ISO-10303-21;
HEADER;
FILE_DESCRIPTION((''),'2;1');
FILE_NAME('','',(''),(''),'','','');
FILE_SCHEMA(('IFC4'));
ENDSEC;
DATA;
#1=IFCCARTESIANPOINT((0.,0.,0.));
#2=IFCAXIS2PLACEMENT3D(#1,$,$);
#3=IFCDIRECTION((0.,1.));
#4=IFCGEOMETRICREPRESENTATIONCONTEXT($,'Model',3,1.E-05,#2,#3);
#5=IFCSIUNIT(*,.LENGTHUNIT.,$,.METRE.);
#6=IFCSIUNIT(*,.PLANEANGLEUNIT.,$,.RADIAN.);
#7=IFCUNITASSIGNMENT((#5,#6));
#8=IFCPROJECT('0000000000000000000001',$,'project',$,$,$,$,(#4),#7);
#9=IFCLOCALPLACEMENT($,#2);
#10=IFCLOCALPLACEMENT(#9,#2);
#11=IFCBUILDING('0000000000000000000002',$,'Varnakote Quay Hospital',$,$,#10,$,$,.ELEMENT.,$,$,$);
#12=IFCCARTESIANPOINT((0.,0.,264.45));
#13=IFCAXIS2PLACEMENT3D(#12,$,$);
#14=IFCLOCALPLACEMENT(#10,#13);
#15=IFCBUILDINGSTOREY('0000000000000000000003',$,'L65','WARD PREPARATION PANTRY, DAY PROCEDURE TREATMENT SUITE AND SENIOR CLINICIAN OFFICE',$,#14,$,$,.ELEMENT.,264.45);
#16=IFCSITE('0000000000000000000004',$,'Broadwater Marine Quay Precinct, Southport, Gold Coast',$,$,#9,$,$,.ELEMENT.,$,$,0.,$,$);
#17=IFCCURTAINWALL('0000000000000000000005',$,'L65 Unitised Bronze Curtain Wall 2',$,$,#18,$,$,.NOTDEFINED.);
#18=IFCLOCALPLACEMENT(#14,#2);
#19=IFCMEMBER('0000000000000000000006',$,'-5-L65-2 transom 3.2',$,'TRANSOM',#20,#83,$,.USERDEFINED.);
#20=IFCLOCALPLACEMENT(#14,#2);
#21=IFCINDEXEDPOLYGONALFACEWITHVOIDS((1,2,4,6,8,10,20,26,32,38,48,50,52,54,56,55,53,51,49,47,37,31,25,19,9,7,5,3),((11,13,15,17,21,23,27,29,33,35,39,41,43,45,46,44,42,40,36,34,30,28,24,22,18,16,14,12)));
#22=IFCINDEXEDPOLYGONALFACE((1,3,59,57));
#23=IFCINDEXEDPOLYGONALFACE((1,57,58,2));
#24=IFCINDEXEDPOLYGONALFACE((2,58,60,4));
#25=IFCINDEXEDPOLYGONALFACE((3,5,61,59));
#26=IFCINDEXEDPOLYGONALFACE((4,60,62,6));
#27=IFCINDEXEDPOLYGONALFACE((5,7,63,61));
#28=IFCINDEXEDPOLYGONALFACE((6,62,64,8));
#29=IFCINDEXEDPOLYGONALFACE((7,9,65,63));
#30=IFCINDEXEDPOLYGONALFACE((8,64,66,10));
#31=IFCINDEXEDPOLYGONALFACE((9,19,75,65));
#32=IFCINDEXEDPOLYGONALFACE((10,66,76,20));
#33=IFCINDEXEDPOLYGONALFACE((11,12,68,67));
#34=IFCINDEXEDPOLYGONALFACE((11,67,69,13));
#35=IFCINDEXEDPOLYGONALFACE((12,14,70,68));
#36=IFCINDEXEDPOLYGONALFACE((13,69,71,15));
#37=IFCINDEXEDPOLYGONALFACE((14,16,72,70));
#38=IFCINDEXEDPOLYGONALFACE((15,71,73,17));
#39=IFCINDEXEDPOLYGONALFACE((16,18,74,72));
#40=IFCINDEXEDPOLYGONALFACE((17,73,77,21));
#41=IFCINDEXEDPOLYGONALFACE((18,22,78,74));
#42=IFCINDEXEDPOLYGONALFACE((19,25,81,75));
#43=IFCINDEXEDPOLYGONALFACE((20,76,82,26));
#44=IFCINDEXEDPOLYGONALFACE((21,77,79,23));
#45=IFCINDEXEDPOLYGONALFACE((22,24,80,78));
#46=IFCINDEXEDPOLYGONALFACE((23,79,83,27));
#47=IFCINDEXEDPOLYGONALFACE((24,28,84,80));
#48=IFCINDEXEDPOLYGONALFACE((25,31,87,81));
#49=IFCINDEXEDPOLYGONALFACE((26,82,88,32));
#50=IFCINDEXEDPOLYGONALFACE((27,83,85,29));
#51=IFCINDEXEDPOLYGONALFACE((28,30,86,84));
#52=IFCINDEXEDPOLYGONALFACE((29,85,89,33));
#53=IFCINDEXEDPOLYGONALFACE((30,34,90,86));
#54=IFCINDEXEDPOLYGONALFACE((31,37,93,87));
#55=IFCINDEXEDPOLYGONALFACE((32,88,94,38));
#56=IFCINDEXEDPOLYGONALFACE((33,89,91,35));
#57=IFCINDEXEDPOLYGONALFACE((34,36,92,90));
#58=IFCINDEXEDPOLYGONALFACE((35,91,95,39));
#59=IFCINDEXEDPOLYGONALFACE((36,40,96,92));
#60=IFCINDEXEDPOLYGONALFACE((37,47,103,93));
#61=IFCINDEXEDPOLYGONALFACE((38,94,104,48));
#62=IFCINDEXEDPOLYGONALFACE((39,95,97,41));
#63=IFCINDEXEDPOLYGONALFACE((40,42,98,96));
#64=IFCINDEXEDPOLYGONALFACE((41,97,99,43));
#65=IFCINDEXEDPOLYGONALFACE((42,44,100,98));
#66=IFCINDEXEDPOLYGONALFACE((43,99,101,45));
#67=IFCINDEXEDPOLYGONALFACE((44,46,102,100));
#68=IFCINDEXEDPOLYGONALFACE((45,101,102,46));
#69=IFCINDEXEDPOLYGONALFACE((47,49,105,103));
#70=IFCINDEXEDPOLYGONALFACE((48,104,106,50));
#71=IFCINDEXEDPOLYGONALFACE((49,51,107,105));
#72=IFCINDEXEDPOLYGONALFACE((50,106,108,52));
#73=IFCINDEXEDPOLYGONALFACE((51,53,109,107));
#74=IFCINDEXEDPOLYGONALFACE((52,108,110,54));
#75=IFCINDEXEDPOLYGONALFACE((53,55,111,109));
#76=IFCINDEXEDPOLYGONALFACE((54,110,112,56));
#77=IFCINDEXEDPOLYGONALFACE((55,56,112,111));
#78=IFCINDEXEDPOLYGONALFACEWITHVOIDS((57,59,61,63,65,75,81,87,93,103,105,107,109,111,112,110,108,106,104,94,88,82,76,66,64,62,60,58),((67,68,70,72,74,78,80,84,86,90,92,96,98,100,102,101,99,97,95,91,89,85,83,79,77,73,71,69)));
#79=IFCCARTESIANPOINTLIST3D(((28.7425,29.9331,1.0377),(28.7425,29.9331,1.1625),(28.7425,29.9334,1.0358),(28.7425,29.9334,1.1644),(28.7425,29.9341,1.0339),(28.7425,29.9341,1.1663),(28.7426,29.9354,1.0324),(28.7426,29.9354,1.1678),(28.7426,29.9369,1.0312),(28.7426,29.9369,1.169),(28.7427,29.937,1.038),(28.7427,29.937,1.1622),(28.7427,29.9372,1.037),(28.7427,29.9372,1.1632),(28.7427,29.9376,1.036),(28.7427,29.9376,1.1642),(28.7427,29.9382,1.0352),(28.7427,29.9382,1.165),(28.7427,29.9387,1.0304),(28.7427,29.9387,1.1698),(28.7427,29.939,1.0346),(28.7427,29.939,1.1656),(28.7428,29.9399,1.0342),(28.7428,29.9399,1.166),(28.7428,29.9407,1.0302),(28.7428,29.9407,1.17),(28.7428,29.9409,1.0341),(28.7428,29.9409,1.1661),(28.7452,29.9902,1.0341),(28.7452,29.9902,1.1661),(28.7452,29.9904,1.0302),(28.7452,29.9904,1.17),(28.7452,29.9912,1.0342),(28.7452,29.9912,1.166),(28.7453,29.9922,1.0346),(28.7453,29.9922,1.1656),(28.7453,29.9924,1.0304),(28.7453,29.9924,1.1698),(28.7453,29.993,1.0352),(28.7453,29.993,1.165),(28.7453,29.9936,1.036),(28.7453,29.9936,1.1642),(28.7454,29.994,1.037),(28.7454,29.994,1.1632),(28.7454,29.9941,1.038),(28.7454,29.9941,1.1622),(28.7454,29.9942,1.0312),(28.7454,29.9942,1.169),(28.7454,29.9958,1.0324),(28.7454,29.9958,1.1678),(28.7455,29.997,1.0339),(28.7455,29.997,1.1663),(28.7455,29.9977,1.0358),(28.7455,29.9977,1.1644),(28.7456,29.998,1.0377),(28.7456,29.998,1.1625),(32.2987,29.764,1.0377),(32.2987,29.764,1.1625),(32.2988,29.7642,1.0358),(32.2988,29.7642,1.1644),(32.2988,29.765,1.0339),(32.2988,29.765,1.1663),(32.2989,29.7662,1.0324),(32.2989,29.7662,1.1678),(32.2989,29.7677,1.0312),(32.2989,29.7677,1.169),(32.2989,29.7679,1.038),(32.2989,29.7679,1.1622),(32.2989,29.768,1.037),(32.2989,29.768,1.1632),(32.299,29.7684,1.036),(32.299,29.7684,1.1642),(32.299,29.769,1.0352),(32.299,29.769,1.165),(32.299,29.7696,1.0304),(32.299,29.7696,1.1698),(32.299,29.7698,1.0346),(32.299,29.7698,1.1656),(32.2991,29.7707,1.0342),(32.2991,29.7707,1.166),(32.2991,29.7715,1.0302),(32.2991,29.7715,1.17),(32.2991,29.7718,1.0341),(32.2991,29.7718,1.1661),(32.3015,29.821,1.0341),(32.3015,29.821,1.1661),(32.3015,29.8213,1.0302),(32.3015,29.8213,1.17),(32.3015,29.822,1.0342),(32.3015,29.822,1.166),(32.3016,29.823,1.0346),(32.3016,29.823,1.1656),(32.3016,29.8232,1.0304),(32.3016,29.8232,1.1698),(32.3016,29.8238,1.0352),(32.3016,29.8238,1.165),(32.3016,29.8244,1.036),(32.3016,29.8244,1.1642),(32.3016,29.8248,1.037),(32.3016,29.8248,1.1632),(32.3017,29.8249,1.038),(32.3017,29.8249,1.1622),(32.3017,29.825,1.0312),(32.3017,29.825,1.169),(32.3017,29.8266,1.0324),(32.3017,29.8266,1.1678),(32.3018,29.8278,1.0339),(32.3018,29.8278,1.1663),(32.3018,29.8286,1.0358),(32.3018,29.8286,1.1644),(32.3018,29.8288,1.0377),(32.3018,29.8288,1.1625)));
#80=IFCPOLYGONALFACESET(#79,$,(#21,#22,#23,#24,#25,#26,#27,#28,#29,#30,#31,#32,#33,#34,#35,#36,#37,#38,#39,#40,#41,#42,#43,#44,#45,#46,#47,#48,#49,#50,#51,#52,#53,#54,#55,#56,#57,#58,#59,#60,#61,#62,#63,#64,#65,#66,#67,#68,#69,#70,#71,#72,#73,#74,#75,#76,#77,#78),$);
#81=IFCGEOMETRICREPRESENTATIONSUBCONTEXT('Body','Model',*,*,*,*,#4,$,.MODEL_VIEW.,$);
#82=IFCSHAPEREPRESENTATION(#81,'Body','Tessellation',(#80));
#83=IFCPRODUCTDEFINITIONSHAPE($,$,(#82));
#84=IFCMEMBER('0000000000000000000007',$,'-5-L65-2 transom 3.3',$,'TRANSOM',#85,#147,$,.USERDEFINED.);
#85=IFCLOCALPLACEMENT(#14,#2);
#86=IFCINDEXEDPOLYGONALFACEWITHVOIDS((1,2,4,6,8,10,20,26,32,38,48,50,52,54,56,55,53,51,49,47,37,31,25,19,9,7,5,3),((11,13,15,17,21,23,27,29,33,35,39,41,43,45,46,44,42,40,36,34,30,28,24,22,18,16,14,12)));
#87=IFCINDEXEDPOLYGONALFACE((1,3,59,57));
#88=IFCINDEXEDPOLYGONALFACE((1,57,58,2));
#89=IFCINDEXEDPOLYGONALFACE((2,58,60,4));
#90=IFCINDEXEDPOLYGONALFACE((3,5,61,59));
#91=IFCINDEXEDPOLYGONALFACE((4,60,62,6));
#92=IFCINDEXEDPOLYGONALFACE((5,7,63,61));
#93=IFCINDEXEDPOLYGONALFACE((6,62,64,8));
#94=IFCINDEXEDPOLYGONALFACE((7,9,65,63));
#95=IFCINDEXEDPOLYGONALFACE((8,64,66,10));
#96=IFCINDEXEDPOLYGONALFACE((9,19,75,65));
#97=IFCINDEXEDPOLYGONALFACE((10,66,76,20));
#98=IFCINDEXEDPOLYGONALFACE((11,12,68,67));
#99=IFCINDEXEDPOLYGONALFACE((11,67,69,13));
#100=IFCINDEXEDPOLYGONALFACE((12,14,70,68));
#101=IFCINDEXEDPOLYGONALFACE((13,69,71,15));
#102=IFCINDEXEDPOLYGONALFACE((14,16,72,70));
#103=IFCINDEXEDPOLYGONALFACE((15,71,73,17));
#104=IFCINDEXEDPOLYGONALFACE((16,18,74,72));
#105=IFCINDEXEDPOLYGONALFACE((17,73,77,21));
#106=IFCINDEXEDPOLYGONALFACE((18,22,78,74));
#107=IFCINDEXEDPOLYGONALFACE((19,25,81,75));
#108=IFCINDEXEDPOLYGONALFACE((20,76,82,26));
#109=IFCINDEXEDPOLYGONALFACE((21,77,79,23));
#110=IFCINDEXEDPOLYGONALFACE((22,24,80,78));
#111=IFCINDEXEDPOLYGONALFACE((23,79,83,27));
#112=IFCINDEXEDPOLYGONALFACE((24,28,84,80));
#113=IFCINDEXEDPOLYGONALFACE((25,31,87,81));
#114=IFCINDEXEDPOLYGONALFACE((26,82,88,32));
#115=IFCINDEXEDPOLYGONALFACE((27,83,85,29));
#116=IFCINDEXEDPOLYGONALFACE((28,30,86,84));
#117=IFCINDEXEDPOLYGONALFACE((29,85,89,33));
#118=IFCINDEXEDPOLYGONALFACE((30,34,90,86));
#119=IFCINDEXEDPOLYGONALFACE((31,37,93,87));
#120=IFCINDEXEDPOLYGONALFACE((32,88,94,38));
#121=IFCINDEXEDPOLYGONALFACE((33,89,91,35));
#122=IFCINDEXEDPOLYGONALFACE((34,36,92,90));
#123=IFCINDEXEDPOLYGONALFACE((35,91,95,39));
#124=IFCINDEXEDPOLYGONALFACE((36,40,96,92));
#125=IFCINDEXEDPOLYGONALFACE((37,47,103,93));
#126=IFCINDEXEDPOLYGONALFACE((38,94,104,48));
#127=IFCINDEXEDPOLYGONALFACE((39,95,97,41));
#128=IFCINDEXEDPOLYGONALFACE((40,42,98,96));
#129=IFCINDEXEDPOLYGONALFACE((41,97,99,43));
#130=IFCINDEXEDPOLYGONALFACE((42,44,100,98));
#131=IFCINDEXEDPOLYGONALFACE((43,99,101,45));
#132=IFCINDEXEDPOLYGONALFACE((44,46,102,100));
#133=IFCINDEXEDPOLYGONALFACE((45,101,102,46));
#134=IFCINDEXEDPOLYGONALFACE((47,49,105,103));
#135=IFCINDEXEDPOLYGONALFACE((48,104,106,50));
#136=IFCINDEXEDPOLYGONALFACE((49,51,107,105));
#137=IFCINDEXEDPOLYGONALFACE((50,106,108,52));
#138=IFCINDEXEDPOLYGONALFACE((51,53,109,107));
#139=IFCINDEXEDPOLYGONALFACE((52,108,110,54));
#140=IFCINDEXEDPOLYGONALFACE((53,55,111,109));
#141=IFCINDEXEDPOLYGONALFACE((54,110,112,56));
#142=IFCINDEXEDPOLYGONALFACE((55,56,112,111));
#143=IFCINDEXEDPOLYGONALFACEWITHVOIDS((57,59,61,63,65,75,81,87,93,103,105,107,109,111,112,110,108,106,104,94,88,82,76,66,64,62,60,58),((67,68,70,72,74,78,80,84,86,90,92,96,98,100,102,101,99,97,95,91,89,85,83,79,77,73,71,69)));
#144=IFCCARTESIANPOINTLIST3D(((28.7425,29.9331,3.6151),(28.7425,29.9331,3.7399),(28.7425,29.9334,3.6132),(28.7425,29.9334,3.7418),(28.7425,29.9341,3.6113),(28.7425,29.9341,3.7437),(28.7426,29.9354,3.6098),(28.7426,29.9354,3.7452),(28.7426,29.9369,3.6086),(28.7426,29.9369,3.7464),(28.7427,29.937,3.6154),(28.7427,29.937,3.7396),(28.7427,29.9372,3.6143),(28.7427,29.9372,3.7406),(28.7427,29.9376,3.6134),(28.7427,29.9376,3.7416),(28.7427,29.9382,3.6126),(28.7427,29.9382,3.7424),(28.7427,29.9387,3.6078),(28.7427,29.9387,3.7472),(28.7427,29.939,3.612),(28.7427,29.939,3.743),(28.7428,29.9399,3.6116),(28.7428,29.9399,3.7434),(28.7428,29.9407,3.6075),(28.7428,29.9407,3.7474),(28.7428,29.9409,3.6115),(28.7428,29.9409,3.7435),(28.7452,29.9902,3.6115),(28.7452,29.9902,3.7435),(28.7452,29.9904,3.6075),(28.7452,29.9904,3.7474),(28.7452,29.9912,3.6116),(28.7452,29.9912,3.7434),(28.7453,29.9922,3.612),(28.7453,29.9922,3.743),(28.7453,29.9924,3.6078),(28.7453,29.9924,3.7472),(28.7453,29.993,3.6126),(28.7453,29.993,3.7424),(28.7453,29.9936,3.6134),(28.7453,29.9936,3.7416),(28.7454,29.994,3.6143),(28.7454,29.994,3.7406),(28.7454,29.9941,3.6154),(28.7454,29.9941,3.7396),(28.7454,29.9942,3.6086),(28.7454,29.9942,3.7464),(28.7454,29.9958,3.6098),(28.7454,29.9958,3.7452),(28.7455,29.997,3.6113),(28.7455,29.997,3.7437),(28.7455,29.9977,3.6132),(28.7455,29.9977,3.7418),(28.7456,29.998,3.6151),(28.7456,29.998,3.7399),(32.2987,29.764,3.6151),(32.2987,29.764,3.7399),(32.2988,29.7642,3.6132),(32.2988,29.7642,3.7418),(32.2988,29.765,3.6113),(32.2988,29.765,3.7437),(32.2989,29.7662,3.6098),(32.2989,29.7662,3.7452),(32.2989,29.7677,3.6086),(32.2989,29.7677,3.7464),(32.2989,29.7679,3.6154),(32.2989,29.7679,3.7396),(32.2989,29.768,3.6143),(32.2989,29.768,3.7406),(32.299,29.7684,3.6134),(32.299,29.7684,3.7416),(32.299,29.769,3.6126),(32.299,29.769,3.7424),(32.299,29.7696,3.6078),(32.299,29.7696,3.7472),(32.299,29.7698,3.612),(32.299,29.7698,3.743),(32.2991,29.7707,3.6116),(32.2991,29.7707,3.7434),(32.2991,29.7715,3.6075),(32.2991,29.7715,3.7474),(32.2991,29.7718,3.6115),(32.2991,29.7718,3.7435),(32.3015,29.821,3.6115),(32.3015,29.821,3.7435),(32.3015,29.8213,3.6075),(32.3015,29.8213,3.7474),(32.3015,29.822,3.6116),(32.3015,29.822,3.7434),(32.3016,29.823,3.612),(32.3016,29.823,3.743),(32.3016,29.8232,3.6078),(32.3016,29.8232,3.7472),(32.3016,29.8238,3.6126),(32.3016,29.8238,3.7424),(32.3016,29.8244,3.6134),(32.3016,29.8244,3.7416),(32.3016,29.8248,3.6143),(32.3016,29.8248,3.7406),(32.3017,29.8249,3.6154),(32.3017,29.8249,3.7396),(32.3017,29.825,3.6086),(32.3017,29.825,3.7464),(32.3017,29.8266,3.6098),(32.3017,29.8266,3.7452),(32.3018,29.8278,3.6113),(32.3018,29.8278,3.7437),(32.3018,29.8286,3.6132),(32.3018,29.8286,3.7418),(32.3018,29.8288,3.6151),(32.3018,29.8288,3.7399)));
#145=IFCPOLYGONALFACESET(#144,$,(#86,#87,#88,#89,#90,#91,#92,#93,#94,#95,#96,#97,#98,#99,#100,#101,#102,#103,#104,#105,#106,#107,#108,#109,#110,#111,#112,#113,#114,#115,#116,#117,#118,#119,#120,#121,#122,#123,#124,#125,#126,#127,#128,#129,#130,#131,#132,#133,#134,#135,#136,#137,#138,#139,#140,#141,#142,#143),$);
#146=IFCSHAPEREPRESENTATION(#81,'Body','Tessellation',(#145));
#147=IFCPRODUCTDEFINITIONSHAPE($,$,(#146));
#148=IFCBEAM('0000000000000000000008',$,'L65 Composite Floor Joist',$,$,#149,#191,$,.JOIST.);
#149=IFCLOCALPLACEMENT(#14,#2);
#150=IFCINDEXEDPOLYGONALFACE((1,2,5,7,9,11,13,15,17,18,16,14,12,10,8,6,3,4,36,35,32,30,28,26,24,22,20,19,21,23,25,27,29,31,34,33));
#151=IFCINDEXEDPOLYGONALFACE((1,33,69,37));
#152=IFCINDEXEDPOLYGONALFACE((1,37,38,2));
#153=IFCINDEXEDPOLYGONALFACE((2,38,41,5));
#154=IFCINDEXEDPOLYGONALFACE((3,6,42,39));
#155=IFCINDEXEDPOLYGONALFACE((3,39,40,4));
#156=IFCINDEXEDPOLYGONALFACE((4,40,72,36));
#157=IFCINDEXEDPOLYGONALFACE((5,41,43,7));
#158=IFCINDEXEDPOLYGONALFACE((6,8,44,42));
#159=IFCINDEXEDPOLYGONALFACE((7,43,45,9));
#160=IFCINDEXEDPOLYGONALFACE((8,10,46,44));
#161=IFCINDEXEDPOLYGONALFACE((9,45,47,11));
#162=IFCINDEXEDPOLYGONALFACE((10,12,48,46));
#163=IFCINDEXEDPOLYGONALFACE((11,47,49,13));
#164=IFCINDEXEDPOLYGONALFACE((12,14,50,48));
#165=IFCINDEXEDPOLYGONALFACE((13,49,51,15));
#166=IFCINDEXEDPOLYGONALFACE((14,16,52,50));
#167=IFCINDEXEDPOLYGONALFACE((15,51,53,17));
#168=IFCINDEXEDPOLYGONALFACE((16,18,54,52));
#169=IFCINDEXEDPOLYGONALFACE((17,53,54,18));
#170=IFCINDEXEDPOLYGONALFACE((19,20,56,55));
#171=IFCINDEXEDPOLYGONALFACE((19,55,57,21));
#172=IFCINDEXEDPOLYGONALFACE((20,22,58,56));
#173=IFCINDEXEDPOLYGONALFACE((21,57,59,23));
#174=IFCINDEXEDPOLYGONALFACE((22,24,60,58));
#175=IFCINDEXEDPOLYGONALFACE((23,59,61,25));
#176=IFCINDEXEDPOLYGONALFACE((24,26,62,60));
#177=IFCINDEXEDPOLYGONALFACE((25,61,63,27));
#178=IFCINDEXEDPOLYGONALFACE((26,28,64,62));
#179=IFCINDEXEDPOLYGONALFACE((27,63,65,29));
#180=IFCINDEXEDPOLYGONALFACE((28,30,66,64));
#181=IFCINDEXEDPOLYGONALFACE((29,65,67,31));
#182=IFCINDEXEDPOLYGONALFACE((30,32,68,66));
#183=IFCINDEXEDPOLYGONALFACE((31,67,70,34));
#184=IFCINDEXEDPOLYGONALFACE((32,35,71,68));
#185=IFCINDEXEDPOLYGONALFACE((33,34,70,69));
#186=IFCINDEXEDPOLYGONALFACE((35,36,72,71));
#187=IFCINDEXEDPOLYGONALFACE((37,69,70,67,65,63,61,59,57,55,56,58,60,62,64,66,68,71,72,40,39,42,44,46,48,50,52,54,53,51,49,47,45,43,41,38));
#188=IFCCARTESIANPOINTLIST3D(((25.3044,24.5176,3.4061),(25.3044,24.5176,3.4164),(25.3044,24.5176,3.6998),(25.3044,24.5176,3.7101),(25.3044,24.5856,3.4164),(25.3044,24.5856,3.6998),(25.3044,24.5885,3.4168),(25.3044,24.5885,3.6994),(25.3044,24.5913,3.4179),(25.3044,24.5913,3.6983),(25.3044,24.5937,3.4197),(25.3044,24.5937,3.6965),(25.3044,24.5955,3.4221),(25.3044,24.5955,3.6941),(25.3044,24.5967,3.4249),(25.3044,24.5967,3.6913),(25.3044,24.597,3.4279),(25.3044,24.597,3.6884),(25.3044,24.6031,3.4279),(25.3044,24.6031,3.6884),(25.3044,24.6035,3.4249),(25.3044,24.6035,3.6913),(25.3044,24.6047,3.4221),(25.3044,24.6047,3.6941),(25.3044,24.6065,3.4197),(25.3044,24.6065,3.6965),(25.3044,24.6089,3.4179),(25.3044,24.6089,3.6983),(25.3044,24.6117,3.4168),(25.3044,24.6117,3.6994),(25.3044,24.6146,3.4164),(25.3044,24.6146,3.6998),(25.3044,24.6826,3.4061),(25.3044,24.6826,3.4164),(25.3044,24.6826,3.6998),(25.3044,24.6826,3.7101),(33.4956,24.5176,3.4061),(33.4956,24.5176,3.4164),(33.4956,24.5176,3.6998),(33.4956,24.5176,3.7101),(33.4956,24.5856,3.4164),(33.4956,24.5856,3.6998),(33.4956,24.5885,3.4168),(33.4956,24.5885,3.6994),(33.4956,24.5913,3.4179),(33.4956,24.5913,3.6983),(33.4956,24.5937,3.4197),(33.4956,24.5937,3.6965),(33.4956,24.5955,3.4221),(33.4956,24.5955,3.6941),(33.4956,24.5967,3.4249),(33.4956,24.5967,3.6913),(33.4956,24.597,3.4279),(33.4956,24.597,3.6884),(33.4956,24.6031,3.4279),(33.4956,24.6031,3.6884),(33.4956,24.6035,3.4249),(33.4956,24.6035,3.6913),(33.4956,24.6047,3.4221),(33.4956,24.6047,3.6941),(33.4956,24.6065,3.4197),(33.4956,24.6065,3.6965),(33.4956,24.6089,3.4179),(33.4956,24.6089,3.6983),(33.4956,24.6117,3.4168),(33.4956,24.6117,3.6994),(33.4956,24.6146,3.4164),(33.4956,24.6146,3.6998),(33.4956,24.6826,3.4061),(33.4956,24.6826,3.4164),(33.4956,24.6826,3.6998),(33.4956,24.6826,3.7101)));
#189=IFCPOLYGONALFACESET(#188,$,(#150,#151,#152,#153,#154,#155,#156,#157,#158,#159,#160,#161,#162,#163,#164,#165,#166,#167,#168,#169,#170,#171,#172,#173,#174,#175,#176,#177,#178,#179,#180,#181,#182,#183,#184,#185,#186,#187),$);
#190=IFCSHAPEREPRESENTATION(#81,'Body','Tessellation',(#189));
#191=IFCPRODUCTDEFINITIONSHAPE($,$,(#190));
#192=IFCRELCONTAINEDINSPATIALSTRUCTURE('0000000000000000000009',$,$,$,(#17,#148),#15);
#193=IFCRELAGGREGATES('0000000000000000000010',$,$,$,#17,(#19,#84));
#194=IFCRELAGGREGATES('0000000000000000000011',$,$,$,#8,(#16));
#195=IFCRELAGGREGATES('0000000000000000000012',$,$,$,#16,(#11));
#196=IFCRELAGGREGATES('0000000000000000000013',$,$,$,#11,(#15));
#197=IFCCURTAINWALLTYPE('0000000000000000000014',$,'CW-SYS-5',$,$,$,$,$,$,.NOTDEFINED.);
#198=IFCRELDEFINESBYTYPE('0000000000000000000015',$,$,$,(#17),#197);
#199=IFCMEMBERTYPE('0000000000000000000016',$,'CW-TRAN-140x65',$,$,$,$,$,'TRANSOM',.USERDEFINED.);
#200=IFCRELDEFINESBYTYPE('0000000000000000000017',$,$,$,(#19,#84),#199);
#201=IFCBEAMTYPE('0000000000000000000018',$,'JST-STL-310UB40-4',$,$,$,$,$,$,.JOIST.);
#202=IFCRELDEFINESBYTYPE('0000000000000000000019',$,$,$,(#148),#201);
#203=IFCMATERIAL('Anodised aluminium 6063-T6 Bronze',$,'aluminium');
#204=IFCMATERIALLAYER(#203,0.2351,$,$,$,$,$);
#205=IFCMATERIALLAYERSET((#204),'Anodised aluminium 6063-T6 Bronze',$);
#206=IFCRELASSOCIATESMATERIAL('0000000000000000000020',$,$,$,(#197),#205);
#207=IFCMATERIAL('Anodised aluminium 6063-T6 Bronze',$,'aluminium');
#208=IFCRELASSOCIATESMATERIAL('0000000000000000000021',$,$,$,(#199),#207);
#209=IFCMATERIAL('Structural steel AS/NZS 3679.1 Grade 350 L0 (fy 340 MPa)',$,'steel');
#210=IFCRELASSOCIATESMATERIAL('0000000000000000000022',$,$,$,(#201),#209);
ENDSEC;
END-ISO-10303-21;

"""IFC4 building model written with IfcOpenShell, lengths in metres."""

from ifc_helpers import new_model, si_unit, direction, frame, origin, origin_2d, place, context, subcontext, project, spatial, hollow_rectangle, i_section, extrude, material, layer, layer_set, material_profile, profile_set, type_object, element, aggregate, save


model = new_model("IFC4")

# Units and contexts
model_context = context("Model", 3, precision=1e-05, world=origin(), true_north=direction((0.0, 1.0)))
body_context = subcontext(model_context, "Body", "Model", "MODEL_VIEW")
ifc_project = project(units=[si_unit("LENGTHUNIT", "METRE"), si_unit("PLANEANGLEUNIT", "RADIAN")], contexts=[model_context])

# Site, building, storey
site_placement = place(None, origin())
site = spatial("IfcSite", under=ifc_project, at=site_placement, Name="Broadwater Marine Quay Precinct, Southport, Gold Coast", CompositionType="ELEMENT", RefElevation=0.0)
building_placement = place(site_placement, origin())
building = spatial("IfcBuilding", under=site, at=building_placement, Name="Varnakote Quay Hospital", CompositionType="ELEMENT")
storey_placement = place(building_placement, frame((0.0, 0.0, 264.45)))
storey = spatial("IfcBuildingStorey", under=building, at=storey_placement, Name="L65", Description="WARD PREPARATION PANTRY, DAY PROCEDURE TREATMENT SUITE AND SENIOR CLINICIAN OFFICE", CompositionType="ELEMENT", Elevation=264.45)

# Curtain wall, members
ifc_material_1 = material(Name="Anodised aluminium 6063-T6 Bronze", Category="aluminium")
ifc_layer_1 = layer(ifc_material_1, 0.2351)
ifc_layer_set_1 = layer_set([ifc_layer_1], Name="Anodised aluminium 6063-T6 Bronze")
curtain_wall_type = type_object("IfcCurtainWallType", Name="CW-SYS-5", PredefinedType="NOTDEFINED", material=ifc_layer_set_1)
curtain_wall_placement = place(storey_placement, origin())
curtain_wall = element("IfcCurtainWall", 1, at=curtain_wall_placement, inside=storey, type_object=curtain_wall_type, Name="L65 Unitised Bronze Curtain Wall 2", PredefinedType="NOTDEFINED")
ifc_material_2 = material(Name="Anodised aluminium 6063-T6 Bronze", Category="aluminium")
ifc_material_profile_1 = material_profile(ifc_material_2, hollow_rectangle(XDim=0.0649, YDim=0.1399, WallThickness=0.0039, InnerFilletRadius=0.0039, OuterFilletRadius=0.0076, at=origin_2d()), Name="CW-TRAN-140x65")
ifc_profile_set_1 = profile_set([ifc_material_profile_1], Name="Anodised aluminium 6063-T6 Bronze")
member_type_1 = type_object("IfcMemberType", Name="CW-TRAN-140x65", ElementType="TRANSOM", PredefinedType="USERDEFINED", material=ifc_profile_set_1)
member_1_placement = place(storey_placement, frame((32.3003, 29.7964, 1.1001), z_axis=(-0.99887, 0.04752, 0.0), x_axis=(-0.04752, -0.99887, 0.0)))
member_1 = element("IfcMember", 2, at=member_1_placement, type_object=member_type_1, Name="-5-L65-2 transom 3.2", ObjectType="TRANSOM", PredefinedType="USERDEFINED", context=body_context, shape_type="SweptSolid", body=[
    extrude(hollow_rectangle(XDim=0.0649, YDim=0.1399, WallThickness=0.0039, InnerFilletRadius=0.0039, OuterFilletRadius=0.0076, at=origin_2d()), origin(), (0.0, 0.0, 1.0), 3.5603),
])
member_2_placement = place(storey_placement, frame((32.3003, 29.7964, 3.6775), z_axis=(-0.99887, 0.04752, 0.0), x_axis=(-0.04752, -0.99887, 0.0)))
member_2 = element("IfcMember", 3, at=member_2_placement, type_object=member_type_1, Name="-5-L65-2 transom 3.3", ObjectType="TRANSOM", PredefinedType="USERDEFINED", context=body_context, shape_type="SweptSolid", body=[
    extrude(hollow_rectangle(XDim=0.0649, YDim=0.1399, WallThickness=0.0039, InnerFilletRadius=0.0039, OuterFilletRadius=0.0076, at=origin_2d()), origin(), (0.0, 0.0, 1.0), 3.5603),
])

# Beam
ifc_material_3 = material(Name="Structural steel AS/NZS 3679.1 Grade 350 L0 (fy 340 MPa)", Category="steel")
ifc_material_profile_2 = material_profile(ifc_material_3, i_section(OverallWidth=0.165, OverallDepth=0.304, WebThickness=0.0061, FlangeThickness=0.0103, FilletRadius=0.0115, at=origin_2d()), Name="310UB40.4")
ifc_profile_set_2 = profile_set([ifc_material_profile_2], Name="Structural steel AS/NZS 3679.1 Grade 350 L0 (fy 340 MPa)")
beam_type_1 = type_object("IfcBeamType", Name="JST-STL-310UB40-4", PredefinedType="JOIST", material=ifc_profile_set_2)
beam_1_placement = place(storey_placement, frame((25.3044, 24.6001, 3.5581), z_axis=(1.0, 0.0, 0.0), x_axis=(0.0, 1.0, 0.0)))
element("IfcBeam", 4, at=beam_1_placement, inside=storey, type_object=beam_type_1, Name="L65 Composite Floor Joist", PredefinedType="JOIST", context=body_context, shape_type="SweptSolid", body=[
    extrude(i_section(OverallWidth=0.165, OverallDepth=0.304, WebThickness=0.0061, FlangeThickness=0.0103, FilletRadius=0.0115, at=origin_2d()), origin(), (0.0, 0.0, 1.0), 8.1912),
])

aggregate(curtain_wall, [member_1, member_2])

save(model, "model.ifc")
